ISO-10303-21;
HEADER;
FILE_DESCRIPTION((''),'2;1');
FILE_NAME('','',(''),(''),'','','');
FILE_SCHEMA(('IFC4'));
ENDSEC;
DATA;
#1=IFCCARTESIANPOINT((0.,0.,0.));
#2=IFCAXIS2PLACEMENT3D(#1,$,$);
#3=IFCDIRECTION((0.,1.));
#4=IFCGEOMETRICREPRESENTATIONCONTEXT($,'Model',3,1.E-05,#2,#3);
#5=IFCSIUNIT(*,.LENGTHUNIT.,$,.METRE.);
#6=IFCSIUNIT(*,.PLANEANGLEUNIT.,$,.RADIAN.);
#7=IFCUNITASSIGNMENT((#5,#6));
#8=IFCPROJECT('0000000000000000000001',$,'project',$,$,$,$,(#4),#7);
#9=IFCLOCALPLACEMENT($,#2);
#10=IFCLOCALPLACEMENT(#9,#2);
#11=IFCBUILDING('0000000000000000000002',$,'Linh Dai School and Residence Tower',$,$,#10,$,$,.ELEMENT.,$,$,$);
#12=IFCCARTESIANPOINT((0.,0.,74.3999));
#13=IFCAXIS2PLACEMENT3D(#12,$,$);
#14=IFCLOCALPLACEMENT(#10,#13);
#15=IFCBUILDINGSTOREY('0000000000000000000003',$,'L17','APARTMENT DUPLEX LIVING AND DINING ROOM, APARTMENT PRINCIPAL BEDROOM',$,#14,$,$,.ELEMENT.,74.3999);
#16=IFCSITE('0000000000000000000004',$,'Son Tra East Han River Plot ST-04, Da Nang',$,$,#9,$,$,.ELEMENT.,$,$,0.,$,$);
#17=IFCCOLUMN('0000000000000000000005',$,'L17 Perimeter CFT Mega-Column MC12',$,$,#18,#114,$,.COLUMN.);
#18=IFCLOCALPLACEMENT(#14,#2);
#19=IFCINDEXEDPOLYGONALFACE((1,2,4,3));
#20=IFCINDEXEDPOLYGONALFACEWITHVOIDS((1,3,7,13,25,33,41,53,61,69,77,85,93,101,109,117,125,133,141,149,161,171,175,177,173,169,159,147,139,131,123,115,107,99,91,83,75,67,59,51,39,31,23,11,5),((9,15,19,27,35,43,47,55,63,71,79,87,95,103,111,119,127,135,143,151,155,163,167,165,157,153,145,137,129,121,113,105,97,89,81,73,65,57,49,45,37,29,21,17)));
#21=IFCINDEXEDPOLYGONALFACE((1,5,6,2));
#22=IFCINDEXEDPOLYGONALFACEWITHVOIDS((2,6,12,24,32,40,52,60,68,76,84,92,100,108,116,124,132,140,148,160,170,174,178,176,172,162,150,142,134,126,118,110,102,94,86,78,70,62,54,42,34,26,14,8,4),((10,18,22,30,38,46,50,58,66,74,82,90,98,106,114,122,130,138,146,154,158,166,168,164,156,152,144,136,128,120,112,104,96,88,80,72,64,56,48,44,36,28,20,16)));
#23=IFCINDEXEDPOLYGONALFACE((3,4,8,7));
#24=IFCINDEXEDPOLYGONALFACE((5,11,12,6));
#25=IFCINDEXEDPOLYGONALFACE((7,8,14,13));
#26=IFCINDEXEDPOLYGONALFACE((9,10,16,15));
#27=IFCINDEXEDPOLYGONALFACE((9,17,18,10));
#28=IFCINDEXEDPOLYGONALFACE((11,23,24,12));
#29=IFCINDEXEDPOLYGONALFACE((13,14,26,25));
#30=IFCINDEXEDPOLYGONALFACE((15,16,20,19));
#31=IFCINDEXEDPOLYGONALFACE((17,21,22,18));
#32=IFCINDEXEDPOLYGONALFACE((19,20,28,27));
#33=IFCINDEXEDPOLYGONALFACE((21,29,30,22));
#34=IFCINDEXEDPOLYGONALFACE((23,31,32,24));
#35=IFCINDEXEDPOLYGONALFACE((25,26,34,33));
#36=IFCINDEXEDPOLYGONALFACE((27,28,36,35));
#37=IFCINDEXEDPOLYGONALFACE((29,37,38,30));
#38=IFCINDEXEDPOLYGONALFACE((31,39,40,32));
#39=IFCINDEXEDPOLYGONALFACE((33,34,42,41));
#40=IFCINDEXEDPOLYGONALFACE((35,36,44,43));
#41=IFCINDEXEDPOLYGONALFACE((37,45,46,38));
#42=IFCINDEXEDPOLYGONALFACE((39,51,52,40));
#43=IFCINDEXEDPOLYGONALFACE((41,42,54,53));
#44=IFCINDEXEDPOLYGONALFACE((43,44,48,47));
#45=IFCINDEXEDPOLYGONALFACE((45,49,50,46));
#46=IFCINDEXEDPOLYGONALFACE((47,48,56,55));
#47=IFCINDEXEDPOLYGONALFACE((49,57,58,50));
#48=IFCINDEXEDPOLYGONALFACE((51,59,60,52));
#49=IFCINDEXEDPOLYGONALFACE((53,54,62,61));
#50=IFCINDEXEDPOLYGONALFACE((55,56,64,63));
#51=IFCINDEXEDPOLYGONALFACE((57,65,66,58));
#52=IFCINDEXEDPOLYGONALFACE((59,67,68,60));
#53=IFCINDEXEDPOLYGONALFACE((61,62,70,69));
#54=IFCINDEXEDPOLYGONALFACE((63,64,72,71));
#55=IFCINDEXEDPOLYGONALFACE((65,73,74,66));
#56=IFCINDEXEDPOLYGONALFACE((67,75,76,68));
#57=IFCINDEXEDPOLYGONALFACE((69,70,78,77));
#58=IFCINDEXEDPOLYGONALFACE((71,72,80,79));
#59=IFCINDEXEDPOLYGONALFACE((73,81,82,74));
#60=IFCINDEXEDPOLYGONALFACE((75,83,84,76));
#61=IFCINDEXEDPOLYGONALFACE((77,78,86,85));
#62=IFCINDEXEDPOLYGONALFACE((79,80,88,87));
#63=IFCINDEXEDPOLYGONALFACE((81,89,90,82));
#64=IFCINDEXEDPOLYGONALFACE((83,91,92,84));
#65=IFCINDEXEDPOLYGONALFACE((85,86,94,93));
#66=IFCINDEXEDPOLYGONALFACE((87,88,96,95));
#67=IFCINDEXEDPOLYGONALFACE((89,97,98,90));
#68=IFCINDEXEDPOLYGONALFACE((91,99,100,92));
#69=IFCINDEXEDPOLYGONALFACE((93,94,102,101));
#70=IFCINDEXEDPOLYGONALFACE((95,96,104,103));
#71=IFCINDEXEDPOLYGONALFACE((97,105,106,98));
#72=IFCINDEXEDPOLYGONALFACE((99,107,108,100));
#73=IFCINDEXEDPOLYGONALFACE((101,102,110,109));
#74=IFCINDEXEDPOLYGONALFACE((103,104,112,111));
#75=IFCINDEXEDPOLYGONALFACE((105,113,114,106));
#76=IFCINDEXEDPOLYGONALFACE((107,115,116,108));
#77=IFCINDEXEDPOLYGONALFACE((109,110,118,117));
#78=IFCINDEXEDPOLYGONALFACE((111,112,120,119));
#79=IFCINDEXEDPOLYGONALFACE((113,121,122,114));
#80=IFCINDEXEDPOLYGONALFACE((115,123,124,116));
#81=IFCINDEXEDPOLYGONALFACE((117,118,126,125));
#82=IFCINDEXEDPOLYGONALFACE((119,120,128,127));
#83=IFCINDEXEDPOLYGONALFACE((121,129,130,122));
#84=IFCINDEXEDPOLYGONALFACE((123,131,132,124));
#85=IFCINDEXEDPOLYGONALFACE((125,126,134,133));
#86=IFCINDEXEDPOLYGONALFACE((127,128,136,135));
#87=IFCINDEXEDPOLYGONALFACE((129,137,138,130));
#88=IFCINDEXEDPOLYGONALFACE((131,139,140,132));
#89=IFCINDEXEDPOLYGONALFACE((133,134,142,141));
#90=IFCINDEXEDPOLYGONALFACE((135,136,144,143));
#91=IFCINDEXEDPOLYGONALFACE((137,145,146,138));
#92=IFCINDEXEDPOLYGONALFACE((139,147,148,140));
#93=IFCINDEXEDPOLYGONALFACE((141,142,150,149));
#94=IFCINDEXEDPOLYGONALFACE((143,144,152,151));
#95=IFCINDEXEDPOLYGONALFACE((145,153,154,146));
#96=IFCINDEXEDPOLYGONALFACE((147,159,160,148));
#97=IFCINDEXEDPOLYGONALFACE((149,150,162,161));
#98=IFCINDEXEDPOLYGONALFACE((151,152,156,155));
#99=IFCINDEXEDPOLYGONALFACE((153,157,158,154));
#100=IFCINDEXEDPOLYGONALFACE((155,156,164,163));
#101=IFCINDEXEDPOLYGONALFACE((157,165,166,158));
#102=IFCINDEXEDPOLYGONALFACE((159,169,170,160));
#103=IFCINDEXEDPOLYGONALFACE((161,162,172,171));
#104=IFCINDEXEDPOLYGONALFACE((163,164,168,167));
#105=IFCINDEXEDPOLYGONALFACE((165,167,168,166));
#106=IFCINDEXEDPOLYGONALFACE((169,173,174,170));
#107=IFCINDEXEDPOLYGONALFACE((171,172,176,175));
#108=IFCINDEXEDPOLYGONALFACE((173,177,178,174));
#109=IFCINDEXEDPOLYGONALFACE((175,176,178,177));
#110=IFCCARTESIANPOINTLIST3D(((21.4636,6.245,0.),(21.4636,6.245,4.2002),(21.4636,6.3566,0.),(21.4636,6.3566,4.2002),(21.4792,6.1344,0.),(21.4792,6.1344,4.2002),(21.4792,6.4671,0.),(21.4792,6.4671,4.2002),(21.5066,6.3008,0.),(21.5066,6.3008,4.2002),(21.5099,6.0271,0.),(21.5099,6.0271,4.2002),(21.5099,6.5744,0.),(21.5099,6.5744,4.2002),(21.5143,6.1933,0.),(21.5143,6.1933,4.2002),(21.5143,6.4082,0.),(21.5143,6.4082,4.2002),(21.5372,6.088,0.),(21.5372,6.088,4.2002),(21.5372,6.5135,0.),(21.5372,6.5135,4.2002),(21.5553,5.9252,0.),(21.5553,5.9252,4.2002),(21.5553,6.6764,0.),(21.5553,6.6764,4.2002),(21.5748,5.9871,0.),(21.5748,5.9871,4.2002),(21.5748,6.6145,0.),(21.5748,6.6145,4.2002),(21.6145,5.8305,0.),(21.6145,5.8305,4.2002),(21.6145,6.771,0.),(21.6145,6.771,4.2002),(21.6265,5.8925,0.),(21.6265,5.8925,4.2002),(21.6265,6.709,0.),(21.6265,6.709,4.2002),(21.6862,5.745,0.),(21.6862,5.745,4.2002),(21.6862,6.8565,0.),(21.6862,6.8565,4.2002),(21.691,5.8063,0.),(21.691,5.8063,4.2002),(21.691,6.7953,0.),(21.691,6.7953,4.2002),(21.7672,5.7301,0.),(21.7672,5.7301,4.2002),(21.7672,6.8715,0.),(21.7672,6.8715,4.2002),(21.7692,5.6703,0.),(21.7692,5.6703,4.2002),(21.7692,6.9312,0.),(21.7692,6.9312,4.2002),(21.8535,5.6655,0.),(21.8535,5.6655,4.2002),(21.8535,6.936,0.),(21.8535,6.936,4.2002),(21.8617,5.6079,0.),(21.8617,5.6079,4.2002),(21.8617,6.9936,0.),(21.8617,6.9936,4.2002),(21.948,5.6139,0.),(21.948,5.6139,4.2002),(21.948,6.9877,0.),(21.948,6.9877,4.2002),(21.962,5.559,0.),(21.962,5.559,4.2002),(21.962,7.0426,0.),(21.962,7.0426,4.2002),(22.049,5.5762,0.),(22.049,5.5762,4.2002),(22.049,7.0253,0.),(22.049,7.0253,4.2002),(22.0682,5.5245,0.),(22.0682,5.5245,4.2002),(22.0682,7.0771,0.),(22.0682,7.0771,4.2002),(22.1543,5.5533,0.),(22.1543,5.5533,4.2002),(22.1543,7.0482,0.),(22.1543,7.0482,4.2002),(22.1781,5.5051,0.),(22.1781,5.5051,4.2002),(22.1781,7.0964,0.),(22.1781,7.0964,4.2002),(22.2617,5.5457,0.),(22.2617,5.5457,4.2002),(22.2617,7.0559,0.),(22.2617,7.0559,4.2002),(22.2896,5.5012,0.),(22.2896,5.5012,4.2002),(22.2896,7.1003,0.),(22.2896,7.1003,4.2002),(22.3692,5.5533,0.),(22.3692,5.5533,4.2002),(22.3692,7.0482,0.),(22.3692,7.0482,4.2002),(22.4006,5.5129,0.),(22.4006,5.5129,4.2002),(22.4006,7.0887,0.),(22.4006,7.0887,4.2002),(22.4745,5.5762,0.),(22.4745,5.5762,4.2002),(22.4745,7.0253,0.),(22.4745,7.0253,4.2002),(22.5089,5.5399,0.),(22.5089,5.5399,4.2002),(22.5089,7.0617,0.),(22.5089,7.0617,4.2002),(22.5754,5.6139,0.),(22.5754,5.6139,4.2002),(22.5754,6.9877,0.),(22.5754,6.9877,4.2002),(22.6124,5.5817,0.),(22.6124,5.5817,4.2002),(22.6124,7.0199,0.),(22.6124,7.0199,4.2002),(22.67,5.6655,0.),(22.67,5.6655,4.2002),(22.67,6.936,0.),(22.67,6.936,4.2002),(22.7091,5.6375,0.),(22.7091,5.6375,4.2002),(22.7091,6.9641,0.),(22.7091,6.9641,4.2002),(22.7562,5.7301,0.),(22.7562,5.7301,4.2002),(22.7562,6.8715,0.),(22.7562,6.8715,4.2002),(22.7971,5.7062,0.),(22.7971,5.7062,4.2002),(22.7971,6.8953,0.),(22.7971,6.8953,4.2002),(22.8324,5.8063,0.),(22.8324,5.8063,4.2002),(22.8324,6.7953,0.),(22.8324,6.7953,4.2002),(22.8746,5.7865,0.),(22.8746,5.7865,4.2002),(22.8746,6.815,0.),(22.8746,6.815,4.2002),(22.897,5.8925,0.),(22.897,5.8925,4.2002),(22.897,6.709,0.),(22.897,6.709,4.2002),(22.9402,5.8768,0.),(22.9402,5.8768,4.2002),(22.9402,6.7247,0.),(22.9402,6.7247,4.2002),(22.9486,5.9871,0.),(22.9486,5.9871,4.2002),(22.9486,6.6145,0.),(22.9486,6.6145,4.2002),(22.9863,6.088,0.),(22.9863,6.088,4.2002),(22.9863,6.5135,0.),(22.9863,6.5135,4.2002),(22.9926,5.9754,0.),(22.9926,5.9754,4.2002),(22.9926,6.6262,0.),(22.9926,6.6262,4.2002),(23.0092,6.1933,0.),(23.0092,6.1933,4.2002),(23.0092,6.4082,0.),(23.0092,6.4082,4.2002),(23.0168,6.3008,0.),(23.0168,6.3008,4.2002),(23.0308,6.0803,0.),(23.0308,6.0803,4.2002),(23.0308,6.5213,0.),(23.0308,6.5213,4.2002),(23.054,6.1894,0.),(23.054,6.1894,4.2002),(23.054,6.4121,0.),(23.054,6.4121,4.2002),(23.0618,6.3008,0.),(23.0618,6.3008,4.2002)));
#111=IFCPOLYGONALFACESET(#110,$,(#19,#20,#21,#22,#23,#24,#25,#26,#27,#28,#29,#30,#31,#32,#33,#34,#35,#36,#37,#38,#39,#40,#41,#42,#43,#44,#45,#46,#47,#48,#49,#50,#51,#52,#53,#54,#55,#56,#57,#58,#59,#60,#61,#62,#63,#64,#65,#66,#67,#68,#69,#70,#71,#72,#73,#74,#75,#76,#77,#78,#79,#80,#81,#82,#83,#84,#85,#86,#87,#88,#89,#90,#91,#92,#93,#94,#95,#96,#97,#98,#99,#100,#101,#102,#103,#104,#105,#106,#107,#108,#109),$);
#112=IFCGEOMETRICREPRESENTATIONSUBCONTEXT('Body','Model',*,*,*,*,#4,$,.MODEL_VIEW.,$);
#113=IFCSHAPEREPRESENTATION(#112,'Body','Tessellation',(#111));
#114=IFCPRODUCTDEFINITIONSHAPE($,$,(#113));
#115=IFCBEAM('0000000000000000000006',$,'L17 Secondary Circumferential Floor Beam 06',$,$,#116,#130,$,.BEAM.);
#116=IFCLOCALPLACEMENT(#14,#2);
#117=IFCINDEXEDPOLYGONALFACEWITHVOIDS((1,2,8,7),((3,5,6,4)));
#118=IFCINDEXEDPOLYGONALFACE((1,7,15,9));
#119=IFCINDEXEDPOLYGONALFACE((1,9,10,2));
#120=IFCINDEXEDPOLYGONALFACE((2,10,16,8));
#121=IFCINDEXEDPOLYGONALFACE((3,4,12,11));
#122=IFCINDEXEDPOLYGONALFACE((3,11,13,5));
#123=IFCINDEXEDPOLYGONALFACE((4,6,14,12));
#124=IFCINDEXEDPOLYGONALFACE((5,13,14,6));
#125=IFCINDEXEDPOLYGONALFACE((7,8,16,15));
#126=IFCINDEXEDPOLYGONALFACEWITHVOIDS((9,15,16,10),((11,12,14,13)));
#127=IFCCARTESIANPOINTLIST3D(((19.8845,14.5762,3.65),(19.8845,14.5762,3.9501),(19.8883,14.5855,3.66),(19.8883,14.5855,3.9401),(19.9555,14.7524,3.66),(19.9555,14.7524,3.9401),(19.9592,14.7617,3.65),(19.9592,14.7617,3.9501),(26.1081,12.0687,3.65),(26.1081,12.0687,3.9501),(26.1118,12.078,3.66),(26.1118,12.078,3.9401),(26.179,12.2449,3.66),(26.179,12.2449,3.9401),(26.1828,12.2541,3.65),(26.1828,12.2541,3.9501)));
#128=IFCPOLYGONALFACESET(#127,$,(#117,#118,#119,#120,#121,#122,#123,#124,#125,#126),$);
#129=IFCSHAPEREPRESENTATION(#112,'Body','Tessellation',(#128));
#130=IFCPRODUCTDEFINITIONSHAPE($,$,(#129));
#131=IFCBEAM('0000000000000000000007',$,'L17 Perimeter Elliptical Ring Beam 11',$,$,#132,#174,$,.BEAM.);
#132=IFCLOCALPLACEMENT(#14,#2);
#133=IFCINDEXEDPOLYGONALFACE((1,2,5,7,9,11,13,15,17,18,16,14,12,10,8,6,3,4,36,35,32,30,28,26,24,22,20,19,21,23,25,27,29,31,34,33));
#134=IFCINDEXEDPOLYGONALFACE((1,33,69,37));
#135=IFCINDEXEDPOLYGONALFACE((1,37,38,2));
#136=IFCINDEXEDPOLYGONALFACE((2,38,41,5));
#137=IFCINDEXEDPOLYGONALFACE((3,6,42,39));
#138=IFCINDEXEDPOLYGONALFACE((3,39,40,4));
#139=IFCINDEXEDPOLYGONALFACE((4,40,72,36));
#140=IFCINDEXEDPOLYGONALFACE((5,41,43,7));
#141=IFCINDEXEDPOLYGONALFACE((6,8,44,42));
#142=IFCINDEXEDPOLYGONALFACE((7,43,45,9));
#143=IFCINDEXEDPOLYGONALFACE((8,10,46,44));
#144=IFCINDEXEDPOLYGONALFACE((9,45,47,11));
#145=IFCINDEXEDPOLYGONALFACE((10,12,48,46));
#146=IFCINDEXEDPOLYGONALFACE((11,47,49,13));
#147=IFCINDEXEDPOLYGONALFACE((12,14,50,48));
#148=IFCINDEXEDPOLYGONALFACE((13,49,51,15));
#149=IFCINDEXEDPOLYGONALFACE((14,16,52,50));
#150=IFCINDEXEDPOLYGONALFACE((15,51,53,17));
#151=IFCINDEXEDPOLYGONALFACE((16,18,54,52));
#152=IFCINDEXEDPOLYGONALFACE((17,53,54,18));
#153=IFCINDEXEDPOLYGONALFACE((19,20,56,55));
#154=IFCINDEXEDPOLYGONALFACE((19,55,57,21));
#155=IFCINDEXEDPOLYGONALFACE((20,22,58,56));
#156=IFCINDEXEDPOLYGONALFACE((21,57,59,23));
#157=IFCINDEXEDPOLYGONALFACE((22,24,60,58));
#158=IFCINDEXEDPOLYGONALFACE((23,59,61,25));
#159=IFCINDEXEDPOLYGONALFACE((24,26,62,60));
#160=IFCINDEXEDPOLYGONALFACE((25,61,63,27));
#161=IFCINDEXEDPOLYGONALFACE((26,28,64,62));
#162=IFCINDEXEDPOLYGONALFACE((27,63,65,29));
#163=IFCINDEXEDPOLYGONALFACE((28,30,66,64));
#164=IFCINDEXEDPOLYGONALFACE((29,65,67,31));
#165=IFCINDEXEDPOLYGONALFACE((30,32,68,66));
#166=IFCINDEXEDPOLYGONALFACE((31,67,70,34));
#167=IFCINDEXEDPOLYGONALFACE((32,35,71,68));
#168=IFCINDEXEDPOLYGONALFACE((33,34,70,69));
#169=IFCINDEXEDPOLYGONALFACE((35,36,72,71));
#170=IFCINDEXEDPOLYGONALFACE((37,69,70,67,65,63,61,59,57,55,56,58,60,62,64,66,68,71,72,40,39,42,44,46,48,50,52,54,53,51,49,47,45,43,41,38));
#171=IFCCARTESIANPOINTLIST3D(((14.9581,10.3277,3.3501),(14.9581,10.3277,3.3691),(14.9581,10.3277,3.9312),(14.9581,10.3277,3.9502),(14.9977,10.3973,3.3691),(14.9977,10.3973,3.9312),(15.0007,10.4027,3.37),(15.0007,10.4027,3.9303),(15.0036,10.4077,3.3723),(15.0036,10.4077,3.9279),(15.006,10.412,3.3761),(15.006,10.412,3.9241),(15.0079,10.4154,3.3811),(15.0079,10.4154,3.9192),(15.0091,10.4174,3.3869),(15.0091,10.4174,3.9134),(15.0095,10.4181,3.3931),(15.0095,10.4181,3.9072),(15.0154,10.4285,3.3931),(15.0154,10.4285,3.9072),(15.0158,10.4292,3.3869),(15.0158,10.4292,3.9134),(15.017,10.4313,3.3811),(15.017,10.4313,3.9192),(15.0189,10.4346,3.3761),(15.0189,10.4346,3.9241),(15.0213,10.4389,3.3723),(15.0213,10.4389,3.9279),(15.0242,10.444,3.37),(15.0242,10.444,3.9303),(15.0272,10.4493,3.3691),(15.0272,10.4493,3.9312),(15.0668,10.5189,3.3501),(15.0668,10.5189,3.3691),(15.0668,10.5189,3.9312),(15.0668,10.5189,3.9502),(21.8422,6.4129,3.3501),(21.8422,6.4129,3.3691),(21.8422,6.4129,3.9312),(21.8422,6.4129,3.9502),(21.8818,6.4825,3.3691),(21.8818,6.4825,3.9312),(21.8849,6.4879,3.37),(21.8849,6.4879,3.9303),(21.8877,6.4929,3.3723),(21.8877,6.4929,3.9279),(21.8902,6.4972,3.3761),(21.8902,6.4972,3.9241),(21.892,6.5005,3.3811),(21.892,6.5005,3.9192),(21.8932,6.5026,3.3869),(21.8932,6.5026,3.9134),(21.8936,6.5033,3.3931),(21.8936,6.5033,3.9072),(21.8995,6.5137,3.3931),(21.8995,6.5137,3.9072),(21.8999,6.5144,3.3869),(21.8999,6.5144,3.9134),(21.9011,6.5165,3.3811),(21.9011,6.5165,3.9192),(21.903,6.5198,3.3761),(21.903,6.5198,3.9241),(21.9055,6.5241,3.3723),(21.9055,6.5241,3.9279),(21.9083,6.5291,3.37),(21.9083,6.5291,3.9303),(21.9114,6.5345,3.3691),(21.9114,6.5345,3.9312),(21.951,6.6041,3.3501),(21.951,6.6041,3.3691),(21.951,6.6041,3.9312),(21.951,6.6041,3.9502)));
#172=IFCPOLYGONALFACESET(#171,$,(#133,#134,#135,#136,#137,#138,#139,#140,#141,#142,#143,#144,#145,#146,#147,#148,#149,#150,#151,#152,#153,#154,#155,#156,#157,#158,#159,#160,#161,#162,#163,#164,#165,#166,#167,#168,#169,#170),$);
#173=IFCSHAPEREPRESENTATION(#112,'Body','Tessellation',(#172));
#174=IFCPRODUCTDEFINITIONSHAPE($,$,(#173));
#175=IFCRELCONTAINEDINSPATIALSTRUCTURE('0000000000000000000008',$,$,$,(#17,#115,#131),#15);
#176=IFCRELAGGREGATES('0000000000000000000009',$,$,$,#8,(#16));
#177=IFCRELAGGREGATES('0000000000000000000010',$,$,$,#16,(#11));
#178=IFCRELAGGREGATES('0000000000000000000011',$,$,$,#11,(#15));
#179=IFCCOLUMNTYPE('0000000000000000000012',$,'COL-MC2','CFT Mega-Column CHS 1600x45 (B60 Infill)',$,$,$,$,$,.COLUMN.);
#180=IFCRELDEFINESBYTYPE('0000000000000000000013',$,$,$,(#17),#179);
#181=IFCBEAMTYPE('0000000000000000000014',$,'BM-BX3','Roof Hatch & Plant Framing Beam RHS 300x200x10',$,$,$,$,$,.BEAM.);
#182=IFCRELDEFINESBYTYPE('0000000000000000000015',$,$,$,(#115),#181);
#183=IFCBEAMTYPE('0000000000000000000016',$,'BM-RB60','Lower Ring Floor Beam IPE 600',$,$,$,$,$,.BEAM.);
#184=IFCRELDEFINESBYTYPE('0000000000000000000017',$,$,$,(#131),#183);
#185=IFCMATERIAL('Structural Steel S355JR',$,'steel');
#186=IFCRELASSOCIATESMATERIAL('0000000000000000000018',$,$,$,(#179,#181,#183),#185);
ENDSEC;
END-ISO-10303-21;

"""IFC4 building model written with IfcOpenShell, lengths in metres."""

from ifc_helpers import new_model, si_unit, direction, frame, origin, origin_2d, place, context, subcontext, project, spatial, hollow_rectangle, hollow_circle, i_section, extrude, material, material_profile, profile_set, type_object, element, save


model = new_model("IFC4")

# Units and contexts
model_context = context("Model", 3, precision=1e-05, world=origin(), true_north=direction((0.0, 1.0)))
body_context = subcontext(model_context, "Body", "Model", "MODEL_VIEW")
ifc_project = project(units=[si_unit("LENGTHUNIT", "METRE"), si_unit("PLANEANGLEUNIT", "RADIAN")], contexts=[model_context])

# Site, building, storey
site_placement = place(None, origin())
site = spatial("IfcSite", under=ifc_project, at=site_placement, Name="Son Tra East Han River Plot ST-04, Da Nang", CompositionType="ELEMENT", RefElevation=0.0)
building_placement = place(site_placement, origin())
building = spatial("IfcBuilding", under=site, at=building_placement, Name="Linh Dai School and Residence Tower", CompositionType="ELEMENT")
storey_placement = place(building_placement, frame((0.0, 0.0, 74.3999)))
storey = spatial("IfcBuildingStorey", under=building, at=storey_placement, Name="L17", Description="APARTMENT DUPLEX LIVING AND DINING ROOM, APARTMENT PRINCIPAL BEDROOM", CompositionType="ELEMENT", Elevation=74.3999)

# Column
ifc_material_1 = material(Name="Structural Steel S355JR", Category="steel")
ifc_material_profile_1 = material_profile(ifc_material_1, hollow_circle(Radius=0.8, WallThickness=0.0449, at=origin_2d()), Name="CHS 1600x45")
ifc_profile_set_1 = profile_set([ifc_material_profile_1], Name="Structural Steel S355JR")
column_type = type_object("IfcColumnType", Name="COL-MC2", Description="CFT Mega-Column CHS 1600x45 (B60 Infill)", PredefinedType="COLUMN", material=ifc_profile_set_1)
for number, where, z_axis, x_axis, name in (
    (1, (22.2617, 6.3008, 0.0), (0.0, 0.0, 1.0), (1.0, 0.0, 0.0), "L17 Perimeter CFT Mega-Column MC12"),
):
    element("IfcColumn", number, at=place(storey_placement, frame(where, z_axis=z_axis, x_axis=x_axis)), inside=storey, type_object=column_type, Name=name, PredefinedType="COLUMN", context=body_context, shape_type="SweptSolid", body=[
        extrude(hollow_circle(Radius=0.8, WallThickness=0.0449, at=origin_2d()), origin(), (0.0, 0.0, 1.0), 4.2002),
    ])

# Beams
ifc_material_profile_2 = material_profile(ifc_material_1, hollow_rectangle(XDim=0.2, YDim=0.3, WallThickness=0.01, at=origin_2d()), Name="RHS 300x200x10")
ifc_profile_set_2 = profile_set([ifc_material_profile_2], Name="Structural Steel S355JR")
beam_type_1 = type_object("IfcBeamType", Name="BM-BX3", Description="Roof Hatch & Plant Framing Beam RHS 300x200x10", PredefinedType="BEAM", material=ifc_profile_set_2)
beam_1_placement = place(storey_placement, frame((19.9219, 14.6689, 3.8), z_axis=(0.927543, -0.373717, 0.0), x_axis=(0.373717, 0.927543, 0.0)))
element("IfcBeam", 2, at=beam_1_placement, inside=storey, type_object=beam_type_1, Name="L17 Secondary Circumferential Floor Beam 06", PredefinedType="BEAM", context=body_context, shape_type="SweptSolid", body=[
    extrude(hollow_rectangle(XDim=0.2, YDim=0.3, WallThickness=0.01, at=origin_2d()), origin(), (0.0, 0.0, 1.0), 6.7097),
])
ifc_material_profile_3 = material_profile(ifc_material_1, i_section(OverallWidth=0.22, OverallDepth=0.6001, WebThickness=0.012, FlangeThickness=0.019, FilletRadius=0.0239, at=origin_2d()), Name="IPE 600")
ifc_profile_set_3 = profile_set([ifc_material_profile_3], Name="Structural Steel S355JR")
beam_type_2 = type_object("IfcBeamType", Name="BM-RB60", Description="Lower Ring Floor Beam IPE 600", PredefinedType="BEAM", material=ifc_profile_set_3)
beam_2_placement = place(storey_placement, frame((15.0125, 10.4233, 3.6501), z_axis=(0.869271, -0.494335, 0.0), x_axis=(0.494335, 0.869271, 0.0)))
element("IfcBeam", 3, at=beam_2_placement, inside=storey, type_object=beam_type_2, Name="L17 Perimeter Elliptical Ring Beam 11", PredefinedType="BEAM", context=body_context, shape_type="SweptSolid", body=[
    extrude(i_section(OverallWidth=0.22, OverallDepth=0.6001, WebThickness=0.012, FlangeThickness=0.019, FilletRadius=0.0239, at=origin_2d()), origin(), (0.0, 0.0, 1.0), 7.9194),
])

save(model, "model.ifc")
